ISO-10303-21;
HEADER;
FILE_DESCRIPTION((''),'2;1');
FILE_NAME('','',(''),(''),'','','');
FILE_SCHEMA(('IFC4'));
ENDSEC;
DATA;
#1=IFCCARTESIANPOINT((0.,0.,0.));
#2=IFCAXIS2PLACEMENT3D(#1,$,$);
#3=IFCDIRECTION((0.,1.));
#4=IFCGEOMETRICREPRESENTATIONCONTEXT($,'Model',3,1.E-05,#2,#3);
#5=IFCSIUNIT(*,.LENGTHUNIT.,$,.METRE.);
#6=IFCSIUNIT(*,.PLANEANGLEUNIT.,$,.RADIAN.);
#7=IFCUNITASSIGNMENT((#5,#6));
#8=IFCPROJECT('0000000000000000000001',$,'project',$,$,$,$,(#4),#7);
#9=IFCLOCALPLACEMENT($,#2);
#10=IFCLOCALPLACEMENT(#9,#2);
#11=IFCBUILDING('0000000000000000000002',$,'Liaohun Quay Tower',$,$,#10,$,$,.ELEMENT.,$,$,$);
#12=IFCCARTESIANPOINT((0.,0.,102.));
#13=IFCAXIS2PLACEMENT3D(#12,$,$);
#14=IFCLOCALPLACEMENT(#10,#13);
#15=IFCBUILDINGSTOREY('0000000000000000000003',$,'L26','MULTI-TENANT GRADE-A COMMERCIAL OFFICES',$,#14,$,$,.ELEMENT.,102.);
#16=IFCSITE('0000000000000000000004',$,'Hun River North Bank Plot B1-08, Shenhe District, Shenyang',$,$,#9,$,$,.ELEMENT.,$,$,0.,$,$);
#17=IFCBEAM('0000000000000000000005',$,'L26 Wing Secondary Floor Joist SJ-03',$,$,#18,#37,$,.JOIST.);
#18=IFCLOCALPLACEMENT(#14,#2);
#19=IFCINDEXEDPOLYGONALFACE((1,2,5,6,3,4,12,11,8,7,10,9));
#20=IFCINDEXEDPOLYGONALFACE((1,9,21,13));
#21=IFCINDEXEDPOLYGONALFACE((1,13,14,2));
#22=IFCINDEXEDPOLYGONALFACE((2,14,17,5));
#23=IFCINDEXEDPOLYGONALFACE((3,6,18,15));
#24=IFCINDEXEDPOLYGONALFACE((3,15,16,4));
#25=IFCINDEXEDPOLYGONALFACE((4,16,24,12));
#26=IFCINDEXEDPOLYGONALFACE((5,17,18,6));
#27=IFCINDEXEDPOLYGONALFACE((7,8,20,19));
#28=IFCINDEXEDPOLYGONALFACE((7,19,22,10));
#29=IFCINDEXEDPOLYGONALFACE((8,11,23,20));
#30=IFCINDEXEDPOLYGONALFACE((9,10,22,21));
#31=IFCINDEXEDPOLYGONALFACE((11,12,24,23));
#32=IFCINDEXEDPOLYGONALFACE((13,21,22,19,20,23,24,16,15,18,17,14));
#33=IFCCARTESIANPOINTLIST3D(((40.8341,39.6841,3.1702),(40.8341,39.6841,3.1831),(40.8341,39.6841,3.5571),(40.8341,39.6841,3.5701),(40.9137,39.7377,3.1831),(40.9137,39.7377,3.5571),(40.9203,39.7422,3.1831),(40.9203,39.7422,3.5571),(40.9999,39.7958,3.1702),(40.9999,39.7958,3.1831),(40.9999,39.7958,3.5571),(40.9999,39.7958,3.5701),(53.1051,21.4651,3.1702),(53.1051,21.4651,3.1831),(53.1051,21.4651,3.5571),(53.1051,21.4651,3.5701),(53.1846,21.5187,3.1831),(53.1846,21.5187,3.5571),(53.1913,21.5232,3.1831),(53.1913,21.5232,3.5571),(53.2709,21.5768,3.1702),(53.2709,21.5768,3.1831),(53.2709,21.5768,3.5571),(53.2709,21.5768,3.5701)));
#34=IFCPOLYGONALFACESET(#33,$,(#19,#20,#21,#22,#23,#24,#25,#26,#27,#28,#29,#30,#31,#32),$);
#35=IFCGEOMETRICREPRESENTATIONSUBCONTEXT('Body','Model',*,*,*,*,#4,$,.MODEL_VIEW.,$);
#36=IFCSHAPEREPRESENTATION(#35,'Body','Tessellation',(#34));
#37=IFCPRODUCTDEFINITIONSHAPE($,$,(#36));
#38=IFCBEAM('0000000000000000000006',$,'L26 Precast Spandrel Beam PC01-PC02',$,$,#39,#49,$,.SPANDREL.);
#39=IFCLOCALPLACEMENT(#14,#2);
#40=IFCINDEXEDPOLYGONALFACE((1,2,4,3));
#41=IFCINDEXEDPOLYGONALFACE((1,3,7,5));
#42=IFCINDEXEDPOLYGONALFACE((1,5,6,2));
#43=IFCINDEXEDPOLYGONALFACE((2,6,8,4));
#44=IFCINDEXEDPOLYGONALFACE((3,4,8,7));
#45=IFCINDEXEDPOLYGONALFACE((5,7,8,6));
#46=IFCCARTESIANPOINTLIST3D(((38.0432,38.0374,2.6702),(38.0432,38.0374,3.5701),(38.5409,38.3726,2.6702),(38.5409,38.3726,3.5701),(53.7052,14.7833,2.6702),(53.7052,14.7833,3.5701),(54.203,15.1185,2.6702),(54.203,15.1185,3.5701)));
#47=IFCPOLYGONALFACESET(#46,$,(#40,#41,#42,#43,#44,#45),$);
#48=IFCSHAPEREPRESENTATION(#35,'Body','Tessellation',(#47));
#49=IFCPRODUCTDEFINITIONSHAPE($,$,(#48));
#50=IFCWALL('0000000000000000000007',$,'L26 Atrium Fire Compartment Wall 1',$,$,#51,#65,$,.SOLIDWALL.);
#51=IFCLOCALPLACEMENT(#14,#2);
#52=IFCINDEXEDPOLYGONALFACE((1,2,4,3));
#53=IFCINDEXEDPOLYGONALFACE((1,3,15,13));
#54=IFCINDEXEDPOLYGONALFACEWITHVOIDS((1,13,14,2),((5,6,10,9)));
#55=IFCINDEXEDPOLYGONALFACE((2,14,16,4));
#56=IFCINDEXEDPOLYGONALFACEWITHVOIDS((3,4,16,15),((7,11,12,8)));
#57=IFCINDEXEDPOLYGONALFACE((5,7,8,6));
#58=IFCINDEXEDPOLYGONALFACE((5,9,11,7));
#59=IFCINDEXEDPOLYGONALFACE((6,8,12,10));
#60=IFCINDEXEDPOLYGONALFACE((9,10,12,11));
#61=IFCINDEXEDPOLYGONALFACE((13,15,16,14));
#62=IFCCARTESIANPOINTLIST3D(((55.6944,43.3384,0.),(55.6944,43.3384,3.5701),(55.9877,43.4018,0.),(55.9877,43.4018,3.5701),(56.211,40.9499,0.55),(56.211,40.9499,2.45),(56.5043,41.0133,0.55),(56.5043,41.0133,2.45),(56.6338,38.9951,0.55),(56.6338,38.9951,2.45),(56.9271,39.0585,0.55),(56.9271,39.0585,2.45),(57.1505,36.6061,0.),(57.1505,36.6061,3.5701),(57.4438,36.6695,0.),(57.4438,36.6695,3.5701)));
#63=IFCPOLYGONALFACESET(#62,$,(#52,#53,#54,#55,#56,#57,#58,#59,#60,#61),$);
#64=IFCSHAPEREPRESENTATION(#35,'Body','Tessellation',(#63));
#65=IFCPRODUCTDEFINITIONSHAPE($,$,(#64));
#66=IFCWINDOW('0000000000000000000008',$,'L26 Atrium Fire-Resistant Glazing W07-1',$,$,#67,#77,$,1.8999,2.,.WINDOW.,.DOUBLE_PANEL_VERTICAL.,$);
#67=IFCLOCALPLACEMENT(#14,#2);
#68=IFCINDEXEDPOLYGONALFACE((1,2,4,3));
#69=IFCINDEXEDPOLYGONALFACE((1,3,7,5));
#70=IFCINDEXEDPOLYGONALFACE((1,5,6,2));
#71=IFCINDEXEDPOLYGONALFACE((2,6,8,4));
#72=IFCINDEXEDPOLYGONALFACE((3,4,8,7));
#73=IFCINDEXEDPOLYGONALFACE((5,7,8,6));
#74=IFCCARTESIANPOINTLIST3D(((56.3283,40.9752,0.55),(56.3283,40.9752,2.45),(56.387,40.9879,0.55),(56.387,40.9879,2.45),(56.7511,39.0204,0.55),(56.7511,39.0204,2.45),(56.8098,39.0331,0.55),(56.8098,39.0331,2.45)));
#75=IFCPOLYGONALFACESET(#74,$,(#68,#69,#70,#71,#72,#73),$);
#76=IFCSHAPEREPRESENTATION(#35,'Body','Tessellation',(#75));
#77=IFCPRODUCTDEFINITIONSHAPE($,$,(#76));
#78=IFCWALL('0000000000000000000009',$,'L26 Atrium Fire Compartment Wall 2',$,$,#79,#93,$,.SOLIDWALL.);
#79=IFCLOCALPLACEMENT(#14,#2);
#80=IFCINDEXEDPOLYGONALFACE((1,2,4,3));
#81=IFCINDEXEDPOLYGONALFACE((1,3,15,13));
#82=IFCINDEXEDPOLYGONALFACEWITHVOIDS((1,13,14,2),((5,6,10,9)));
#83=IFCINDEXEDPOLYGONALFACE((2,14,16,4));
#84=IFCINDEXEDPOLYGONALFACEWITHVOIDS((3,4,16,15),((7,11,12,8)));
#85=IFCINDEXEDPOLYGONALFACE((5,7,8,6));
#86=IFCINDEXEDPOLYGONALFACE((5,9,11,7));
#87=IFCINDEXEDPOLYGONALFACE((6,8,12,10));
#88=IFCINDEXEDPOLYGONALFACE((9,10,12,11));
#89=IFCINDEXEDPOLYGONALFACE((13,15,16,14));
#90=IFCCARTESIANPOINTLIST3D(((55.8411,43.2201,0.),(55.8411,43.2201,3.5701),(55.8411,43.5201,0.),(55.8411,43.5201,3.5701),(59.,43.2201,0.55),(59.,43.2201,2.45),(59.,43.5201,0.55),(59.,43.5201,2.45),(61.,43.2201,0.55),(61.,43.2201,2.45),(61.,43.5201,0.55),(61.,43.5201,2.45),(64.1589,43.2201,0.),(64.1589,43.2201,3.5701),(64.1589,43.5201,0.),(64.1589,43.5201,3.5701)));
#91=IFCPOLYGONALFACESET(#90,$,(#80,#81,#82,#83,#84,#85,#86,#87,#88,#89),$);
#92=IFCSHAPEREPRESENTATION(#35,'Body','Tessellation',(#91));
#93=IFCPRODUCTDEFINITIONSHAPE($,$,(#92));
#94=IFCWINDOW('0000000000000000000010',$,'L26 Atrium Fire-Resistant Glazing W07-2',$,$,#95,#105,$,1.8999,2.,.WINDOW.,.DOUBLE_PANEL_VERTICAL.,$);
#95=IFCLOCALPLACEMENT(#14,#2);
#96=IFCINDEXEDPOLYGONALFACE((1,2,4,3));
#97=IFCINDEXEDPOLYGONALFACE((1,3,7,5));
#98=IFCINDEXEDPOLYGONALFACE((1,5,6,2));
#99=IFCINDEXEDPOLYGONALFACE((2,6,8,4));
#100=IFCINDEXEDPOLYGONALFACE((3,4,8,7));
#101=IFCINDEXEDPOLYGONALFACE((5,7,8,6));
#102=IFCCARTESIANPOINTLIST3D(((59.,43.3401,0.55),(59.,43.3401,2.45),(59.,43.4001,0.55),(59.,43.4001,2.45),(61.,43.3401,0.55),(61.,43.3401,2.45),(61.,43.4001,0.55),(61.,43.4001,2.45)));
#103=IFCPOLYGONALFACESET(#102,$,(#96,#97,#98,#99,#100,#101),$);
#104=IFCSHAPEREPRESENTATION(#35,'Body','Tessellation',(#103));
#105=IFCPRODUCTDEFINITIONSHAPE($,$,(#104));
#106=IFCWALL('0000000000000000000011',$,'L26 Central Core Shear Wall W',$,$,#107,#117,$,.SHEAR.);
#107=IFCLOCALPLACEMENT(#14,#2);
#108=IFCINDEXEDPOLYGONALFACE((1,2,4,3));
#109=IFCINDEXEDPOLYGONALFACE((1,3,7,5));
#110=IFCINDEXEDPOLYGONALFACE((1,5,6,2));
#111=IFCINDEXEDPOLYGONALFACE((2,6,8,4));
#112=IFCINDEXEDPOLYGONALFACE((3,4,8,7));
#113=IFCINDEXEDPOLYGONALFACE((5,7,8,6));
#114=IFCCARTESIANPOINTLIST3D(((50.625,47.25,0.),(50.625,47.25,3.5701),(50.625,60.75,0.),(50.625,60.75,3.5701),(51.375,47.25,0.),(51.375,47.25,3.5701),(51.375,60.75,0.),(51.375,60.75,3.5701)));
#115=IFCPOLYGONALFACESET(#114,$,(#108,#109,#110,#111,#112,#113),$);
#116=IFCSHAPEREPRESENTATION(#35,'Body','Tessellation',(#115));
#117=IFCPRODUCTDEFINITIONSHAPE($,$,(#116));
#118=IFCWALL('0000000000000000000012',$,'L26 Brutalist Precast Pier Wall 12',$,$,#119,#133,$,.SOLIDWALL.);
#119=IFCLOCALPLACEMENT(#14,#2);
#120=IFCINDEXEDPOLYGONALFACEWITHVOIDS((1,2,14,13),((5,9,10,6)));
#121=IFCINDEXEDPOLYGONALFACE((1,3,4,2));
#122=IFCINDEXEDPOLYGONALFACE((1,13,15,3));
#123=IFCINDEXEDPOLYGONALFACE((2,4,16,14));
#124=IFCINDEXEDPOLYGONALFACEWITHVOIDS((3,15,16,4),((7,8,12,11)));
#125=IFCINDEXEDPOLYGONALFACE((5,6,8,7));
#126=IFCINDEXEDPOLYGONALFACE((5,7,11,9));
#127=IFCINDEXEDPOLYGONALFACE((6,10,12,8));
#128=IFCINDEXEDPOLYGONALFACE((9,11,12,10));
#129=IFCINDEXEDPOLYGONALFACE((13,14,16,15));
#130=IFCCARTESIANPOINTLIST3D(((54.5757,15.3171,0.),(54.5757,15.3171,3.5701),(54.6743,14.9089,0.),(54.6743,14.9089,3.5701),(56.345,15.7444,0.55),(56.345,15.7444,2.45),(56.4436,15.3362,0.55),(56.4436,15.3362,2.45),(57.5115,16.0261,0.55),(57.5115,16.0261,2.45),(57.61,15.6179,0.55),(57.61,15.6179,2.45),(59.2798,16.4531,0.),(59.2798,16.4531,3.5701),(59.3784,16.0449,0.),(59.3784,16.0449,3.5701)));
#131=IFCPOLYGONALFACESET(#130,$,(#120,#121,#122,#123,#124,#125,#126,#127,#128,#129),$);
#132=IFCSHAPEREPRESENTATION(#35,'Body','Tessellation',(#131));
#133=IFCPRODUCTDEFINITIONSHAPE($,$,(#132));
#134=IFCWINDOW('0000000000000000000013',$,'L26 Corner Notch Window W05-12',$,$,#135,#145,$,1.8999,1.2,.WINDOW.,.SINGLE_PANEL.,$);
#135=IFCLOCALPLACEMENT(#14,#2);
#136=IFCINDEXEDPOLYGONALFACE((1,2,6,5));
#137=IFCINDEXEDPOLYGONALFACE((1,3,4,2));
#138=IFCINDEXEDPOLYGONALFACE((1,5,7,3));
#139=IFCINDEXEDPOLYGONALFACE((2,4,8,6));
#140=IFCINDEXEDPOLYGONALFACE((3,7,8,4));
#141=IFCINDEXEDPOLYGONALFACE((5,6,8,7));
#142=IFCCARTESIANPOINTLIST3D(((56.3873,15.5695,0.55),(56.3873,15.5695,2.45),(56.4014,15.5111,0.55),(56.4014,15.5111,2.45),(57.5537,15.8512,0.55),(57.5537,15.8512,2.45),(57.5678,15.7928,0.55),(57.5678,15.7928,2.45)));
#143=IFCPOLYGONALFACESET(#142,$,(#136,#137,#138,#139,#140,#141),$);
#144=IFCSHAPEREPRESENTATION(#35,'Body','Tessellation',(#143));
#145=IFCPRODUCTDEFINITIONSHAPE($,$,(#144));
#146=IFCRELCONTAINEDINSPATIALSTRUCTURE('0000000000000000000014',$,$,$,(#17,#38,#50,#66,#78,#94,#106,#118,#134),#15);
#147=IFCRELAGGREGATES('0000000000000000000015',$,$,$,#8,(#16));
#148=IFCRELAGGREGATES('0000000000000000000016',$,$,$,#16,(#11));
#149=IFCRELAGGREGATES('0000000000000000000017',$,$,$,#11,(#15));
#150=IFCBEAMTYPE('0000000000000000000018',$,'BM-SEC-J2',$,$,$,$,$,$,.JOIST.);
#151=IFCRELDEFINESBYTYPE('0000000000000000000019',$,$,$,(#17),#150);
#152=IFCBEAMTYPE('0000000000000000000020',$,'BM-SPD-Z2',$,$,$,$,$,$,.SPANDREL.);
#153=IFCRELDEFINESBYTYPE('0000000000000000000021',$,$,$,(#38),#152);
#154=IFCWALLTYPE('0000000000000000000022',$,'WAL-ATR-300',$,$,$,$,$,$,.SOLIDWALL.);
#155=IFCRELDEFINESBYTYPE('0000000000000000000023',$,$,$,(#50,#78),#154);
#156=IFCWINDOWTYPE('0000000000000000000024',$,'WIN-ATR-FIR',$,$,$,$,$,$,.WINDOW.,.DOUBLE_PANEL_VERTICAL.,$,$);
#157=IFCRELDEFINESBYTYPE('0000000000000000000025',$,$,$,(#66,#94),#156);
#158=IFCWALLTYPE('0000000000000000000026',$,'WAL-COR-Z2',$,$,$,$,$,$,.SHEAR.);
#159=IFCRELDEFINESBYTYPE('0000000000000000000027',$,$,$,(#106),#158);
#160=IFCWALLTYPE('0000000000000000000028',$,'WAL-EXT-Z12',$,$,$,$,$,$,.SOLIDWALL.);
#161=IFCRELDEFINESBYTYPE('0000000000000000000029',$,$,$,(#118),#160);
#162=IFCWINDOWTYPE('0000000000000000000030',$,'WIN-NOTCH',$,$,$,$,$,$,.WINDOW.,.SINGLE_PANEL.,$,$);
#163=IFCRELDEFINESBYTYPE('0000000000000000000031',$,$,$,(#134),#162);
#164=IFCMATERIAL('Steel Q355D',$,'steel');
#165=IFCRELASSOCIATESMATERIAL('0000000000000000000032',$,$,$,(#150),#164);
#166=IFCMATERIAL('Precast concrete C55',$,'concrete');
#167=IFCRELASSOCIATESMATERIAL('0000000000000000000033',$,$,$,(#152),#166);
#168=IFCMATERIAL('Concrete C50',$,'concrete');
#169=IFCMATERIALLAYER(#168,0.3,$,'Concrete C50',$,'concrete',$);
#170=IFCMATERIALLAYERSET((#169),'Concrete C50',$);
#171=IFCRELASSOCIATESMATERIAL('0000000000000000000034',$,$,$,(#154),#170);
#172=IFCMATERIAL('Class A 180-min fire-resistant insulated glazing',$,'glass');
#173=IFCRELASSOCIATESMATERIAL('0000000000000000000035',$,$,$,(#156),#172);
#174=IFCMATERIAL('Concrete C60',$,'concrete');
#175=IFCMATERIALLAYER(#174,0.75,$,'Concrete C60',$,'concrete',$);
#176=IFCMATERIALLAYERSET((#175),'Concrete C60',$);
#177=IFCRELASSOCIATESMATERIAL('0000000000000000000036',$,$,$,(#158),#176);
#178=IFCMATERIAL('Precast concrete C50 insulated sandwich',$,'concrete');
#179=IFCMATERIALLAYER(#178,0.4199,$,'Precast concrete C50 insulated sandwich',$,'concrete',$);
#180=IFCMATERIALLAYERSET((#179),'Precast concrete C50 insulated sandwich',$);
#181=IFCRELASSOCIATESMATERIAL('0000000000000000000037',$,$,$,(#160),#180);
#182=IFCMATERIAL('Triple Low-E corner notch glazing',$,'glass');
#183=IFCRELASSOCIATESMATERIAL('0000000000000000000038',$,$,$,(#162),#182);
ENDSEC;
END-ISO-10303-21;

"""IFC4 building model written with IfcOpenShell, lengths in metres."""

from ifc_helpers import new_model, si_unit, direction, frame, frame_2d, origin, origin_2d, place, context, subcontext, project, spatial, rectangle, i_section, extrude, source, transform, mapped, material, layer, layer_set, material_profile, profile_set, type_object, element, fill, save


model = new_model("IFC4")

# Units and contexts
model_context = context("Model", 3, precision=1e-05, world=origin(), true_north=direction((0.0, 1.0)))
body_context = subcontext(model_context, "Body", "Model", "MODEL_VIEW")
ifc_project = project(units=[si_unit("LENGTHUNIT", "METRE"), si_unit("PLANEANGLEUNIT", "RADIAN")], contexts=[model_context])

# Site, building, storey
site_placement = place(None, origin())
site = spatial("IfcSite", under=ifc_project, at=site_placement, Name="Hun River North Bank Plot B1-08, Shenhe District, Shenyang", CompositionType="ELEMENT", RefElevation=0.0)
building_placement = place(site_placement, origin())
building = spatial("IfcBuilding", under=site, at=building_placement, Name="Liaohun Quay Tower", CompositionType="ELEMENT")
storey_placement = place(building_placement, frame((0.0, 0.0, 102.0)))
storey = spatial("IfcBuildingStorey", under=building, at=storey_placement, Name="L26", Description="MULTI-TENANT GRADE-A COMMERCIAL OFFICES", CompositionType="ELEMENT", Elevation=102.0)

# Shared definitions
ifc_material_1 = material(Name="Concrete C60", Category="concrete")

# Beams
ifc_material_2 = material(Name="Steel Q355D", Category="steel")
ifc_material_profile_1 = material_profile(ifc_material_2, i_section(OverallWidth=0.2, OverallDepth=0.3999, WebThickness=0.0081, FlangeThickness=0.0129, at=origin_2d()), Name="HN400x200x8x13")
ifc_profile_set_1 = profile_set([ifc_material_profile_1], Name="Steel Q355D")
beam_type_1 = type_object("IfcBeamType", Name="BM-SEC-J2", PredefinedType="JOIST", material=ifc_profile_set_1)
shared_shape_1 = source(origin(), body_context, "Body", "SweptSolid", [
    extrude(i_section(OverallWidth=0.2, OverallDepth=0.3999, WebThickness=0.0081, FlangeThickness=0.0129, at=origin_2d()), origin(), (0.0, 0.0, 1.0), 21.9661),
])
beam_1_placement = place(storey_placement, frame((53.188, 21.521, 3.3701), z_axis=(-0.558634, 0.829415, 0.0), x_axis=(-0.829415, -0.558634, 0.0)))
element("IfcBeam", 1, at=beam_1_placement, inside=storey, type_object=beam_type_1, Name="L26 Wing Secondary Floor Joist SJ-03", PredefinedType="JOIST", context=body_context, shape_type="MappedRepresentation", body=[
    mapped(shared_shape_1, transform((0.0, 0.0, 0.0), x_axis=(1.0, 0.0, 0.0), y_axis=(0.0, 1.0, 0.0), z_axis=(0.0, 0.0, 1.0), scale=1.0)),
])
ifc_material_3 = material(Name="Precast concrete C55", Category="concrete")
ifc_material_profile_2 = material_profile(ifc_material_3, rectangle(XDim=0.6001, YDim=0.8999, at=origin_2d()), Name="RC600x900")
ifc_profile_set_2 = profile_set([ifc_material_profile_2], Name="Precast concrete C55")
beam_type_2 = type_object("IfcBeamType", Name="BM-SPD-Z2", PredefinedType="SPANDREL", material=ifc_profile_set_2)
shared_shape_2 = source(origin(), body_context, "Body", "SweptSolid", [
    extrude(rectangle(XDim=0.6001, YDim=0.8999, at=origin_2d()), origin(), (0.0, 0.0, 1.0), 28.0366),
])
beam_2_placement = place(storey_placement, frame((53.9541, 14.9509, 3.1201), z_axis=(-0.558629, 0.829418, 0.0), x_axis=(-0.829418, -0.558629, 0.0)))
element("IfcBeam", 2, at=beam_2_placement, inside=storey, type_object=beam_type_2, Name="L26 Precast Spandrel Beam PC01-PC02", PredefinedType="SPANDREL", context=body_context, shape_type="MappedRepresentation", body=[
    mapped(shared_shape_2, transform((0.0, 0.0, 0.0), x_axis=(1.0, 0.0, 0.0), y_axis=(0.0, 1.0, 0.0), z_axis=(0.0, 0.0, 1.0), scale=1.0)),
])

# Walls, openings, windows
ifc_material_4 = material(Name="Concrete C50", Category="concrete")
ifc_layer_1 = layer(ifc_material_4, 0.3, Name="Concrete C50", Category="concrete")
ifc_layer_set_1 = layer_set([ifc_layer_1], Name="Concrete C50")
wall_type_1 = type_object("IfcWallType", Name="WAL-ATR-300", PredefinedType="SOLIDWALL", material=ifc_layer_set_1)
wall_1_placement = place(storey_placement, frame((57.2971, 36.6379, 0.0), z_axis=(0.0, 0.0, 1.0), x_axis=(-0.211395, 0.977401, 0.0)))
wall_1 = element("IfcWall", 3, at=wall_1_placement, inside=storey, type_object=wall_type_1, Name="L26 Atrium Fire Compartment Wall 1", PredefinedType="SOLIDWALL", context=body_context, shape_type="SweptSolid", body=[
    extrude(rectangle(XDim=6.8879, YDim=0.3, at=frame_2d((3.4438, 0.0))), origin(), (0.0, 0.0, 1.0), 3.5701),
])
shared_shape_3 = source(origin(), body_context, "Body", "SweptSolid", [
    extrude(rectangle(XDim=2.0, YDim=1.8999, at=frame_2d((1.0, 0.95))), frame((0.0, 0.1599, 0.0), z_axis=(0.0, -1.0, 0.0), x_axis=(1.0, 0.0, 0.0)), (0.0, 0.0, 1.0), 0.3201),
])
opening_1_placement = place(wall_1_placement, frame((2.4441, 0.0, 0.55)))
opening_1 = element("IfcOpeningElement", 4, at=opening_1_placement, cuts=wall_1, PredefinedType="OPENING", context=body_context, shape_type="MappedRepresentation", body=[
    mapped(shared_shape_3, transform((0.0, 0.0, 0.0), x_axis=(1.0, 0.0, 0.0), y_axis=(0.0, 1.0, 0.0), z_axis=(0.0, 0.0, 1.0), scale=1.0)),
])
ifc_material_5 = material(Name="Class A 180-min fire-resistant insulated glazing", Category="glass")
window_type_1 = type_object("IfcWindowType", Name="WIN-ATR-FIR", PartitioningType="DOUBLE_PANEL_VERTICAL", PredefinedType="WINDOW", material=ifc_material_5)
shared_shape_4 = source(origin(), body_context, "Body", "SweptSolid", [
    extrude(rectangle(XDim=2.0, YDim=1.8999, at=frame_2d((1.0, 0.95))), frame((0.0, 0.03, 0.0), z_axis=(0.0, -1.0, 0.0), x_axis=(1.0, 0.0, 0.0)), (0.0, 0.0, 1.0), 0.0601),
])
window_1_placement = place(opening_1_placement, origin())
window_1 = element("IfcWindow", 5, at=window_1_placement, inside=storey, type_object=window_type_1, Name="L26 Atrium Fire-Resistant Glazing W07-1", OverallHeight=1.8999, OverallWidth=2.0, PartitioningType="DOUBLE_PANEL_VERTICAL", PredefinedType="WINDOW", context=body_context, shape_type="MappedRepresentation", body=[
    mapped(shared_shape_4, transform((0.0, 0.0, 0.0), x_axis=(1.0, 0.0, 0.0), y_axis=(0.0, 1.0, 0.0), z_axis=(0.0, 0.0, 1.0), scale=1.0)),
])
fill(opening_1, window_1)
wall_2_placement = place(storey_placement, frame((55.8411, 43.3701, 0.0), z_axis=(0.0, 0.0, 1.0), x_axis=(1.0, 0.0, 0.0)))
wall_2 = element("IfcWall", 6, at=wall_2_placement, inside=storey, type_object=wall_type_1, Name="L26 Atrium Fire Compartment Wall 2", PredefinedType="SOLIDWALL", context=body_context, shape_type="SweptSolid", body=[
    extrude(rectangle(XDim=8.3179, YDim=0.3, at=frame_2d((4.1589, 0.0))), origin(), (0.0, 0.0, 1.0), 3.5701),
])
opening_2_placement = place(wall_2_placement, frame((3.1589, 0.0, 0.55)))
opening_2 = element("IfcOpeningElement", 7, at=opening_2_placement, cuts=wall_2, PredefinedType="OPENING", context=body_context, shape_type="MappedRepresentation", body=[
    mapped(shared_shape_3, transform((0.0, 0.0, 0.0), x_axis=(1.0, 0.0, 0.0), y_axis=(0.0, 1.0, 0.0), z_axis=(0.0, 0.0, 1.0), scale=1.0)),
])
window_2_placement = place(opening_2_placement, origin())
window_2 = element("IfcWindow", 8, at=window_2_placement, inside=storey, type_object=window_type_1, Name="L26 Atrium Fire-Resistant Glazing W07-2", OverallHeight=1.8999, OverallWidth=2.0, PartitioningType="DOUBLE_PANEL_VERTICAL", PredefinedType="WINDOW", context=body_context, shape_type="MappedRepresentation", body=[
    mapped(shared_shape_4, transform((0.0, 0.0, 0.0), x_axis=(1.0, 0.0, 0.0), y_axis=(0.0, 1.0, 0.0), z_axis=(0.0, 0.0, 1.0), scale=1.0)),
])
fill(opening_2, window_2)

# Wall
ifc_layer_2 = layer(ifc_material_1, 0.75, Name="Concrete C60", Category="concrete")
ifc_layer_set_2 = layer_set([ifc_layer_2], Name="Concrete C60")
wall_type_2 = type_object("IfcWallType", Name="WAL-COR-Z2", PredefinedType="SHEAR", material=ifc_layer_set_2)
wall_3_placement = place(storey_placement, frame((51.0, 47.25, 0.0), z_axis=(0.0, 0.0, 1.0), x_axis=(0.0, 1.0, 0.0)))
element("IfcWall", 9, at=wall_3_placement, inside=storey, type_object=wall_type_2, Name="L26 Central Core Shear Wall W", PredefinedType="SHEAR", context=body_context, shape_type="SweptSolid", body=[
    extrude(rectangle(XDim=13.5, YDim=0.75, at=frame_2d((6.75, 0.0))), origin(), (0.0, 0.0, 1.0), 3.5701),
])

# Wall, opening, window
ifc_material_6 = material(Name="Precast concrete C50 insulated sandwich", Category="concrete")
ifc_layer_3 = layer(ifc_material_6, 0.4199, Name="Precast concrete C50 insulated sandwich", Category="concrete")
ifc_layer_set_3 = layer_set([ifc_layer_3], Name="Precast concrete C50 insulated sandwich")
wall_type_3 = type_object("IfcWallType", Name="WAL-EXT-Z12", PredefinedType="SOLIDWALL", material=ifc_layer_set_3)
wall_4_placement = place(storey_placement, frame((54.625, 15.113, 0.0), z_axis=(0.0, 0.0, 1.0), x_axis=(0.972058, 0.234741, 0.0)))
wall_4 = element("IfcWall", 10, at=wall_4_placement, inside=storey, type_object=wall_type_3, Name="L26 Brutalist Precast Pier Wall 12", PredefinedType="SOLIDWALL", context=body_context, shape_type="SweptSolid", body=[
    extrude(rectangle(XDim=4.8394, YDim=0.4199, at=frame_2d((2.4197, 0.0))), origin(), (0.0, 0.0, 1.0), 3.5701),
])
shared_shape_5 = source(origin(), body_context, "Body", "SweptSolid", [
    extrude(rectangle(XDim=1.2, YDim=1.8999, at=frame_2d((0.6001, 0.95))), frame((0.0, 0.22, 0.0), z_axis=(0.0, -1.0, 0.0), x_axis=(1.0, 0.0, 0.0)), (0.0, 0.0, 1.0), 0.4399),
])
opening_3_placement = place(wall_4_placement, frame((1.8201, 0.0, 0.55)))
opening_3 = element("IfcOpeningElement", 11, at=opening_3_placement, cuts=wall_4, PredefinedType="OPENING", context=body_context, shape_type="MappedRepresentation", body=[
    mapped(shared_shape_5, transform((0.0, 0.0, 0.0), x_axis=(1.0, 0.0, 0.0), y_axis=(0.0, 1.0, 0.0), z_axis=(0.0, 0.0, 1.0), scale=1.0)),
])
ifc_material_7 = material(Name="Triple Low-E corner notch glazing", Category="glass")
window_type_2 = type_object("IfcWindowType", Name="WIN-NOTCH", PartitioningType="SINGLE_PANEL", PredefinedType="WINDOW", material=ifc_material_7)
shared_shape_6 = source(origin(), body_context, "Body", "SweptSolid", [
    extrude(rectangle(XDim=1.2, YDim=1.8999, at=frame_2d((0.6001, 0.95))), frame((0.0, 0.03, 0.0), z_axis=(0.0, -1.0, 0.0), x_axis=(1.0, 0.0, 0.0)), (0.0, 0.0, 1.0), 0.0601),
])
window_3_placement = place(opening_3_placement, origin())
window_3 = element("IfcWindow", 12, at=window_3_placement, inside=storey, type_object=window_type_2, Name="L26 Corner Notch Window W05-12", OverallHeight=1.8999, OverallWidth=1.2, PartitioningType="SINGLE_PANEL", PredefinedType="WINDOW", context=body_context, shape_type="MappedRepresentation", body=[
    mapped(shared_shape_6, transform((0.0, 0.0, 0.0), x_axis=(1.0, 0.0, 0.0), y_axis=(0.0, 1.0, 0.0), z_axis=(0.0, 0.0, 1.0), scale=1.0)),
])
fill(opening_3, window_3)

save(model, "model.ifc")
